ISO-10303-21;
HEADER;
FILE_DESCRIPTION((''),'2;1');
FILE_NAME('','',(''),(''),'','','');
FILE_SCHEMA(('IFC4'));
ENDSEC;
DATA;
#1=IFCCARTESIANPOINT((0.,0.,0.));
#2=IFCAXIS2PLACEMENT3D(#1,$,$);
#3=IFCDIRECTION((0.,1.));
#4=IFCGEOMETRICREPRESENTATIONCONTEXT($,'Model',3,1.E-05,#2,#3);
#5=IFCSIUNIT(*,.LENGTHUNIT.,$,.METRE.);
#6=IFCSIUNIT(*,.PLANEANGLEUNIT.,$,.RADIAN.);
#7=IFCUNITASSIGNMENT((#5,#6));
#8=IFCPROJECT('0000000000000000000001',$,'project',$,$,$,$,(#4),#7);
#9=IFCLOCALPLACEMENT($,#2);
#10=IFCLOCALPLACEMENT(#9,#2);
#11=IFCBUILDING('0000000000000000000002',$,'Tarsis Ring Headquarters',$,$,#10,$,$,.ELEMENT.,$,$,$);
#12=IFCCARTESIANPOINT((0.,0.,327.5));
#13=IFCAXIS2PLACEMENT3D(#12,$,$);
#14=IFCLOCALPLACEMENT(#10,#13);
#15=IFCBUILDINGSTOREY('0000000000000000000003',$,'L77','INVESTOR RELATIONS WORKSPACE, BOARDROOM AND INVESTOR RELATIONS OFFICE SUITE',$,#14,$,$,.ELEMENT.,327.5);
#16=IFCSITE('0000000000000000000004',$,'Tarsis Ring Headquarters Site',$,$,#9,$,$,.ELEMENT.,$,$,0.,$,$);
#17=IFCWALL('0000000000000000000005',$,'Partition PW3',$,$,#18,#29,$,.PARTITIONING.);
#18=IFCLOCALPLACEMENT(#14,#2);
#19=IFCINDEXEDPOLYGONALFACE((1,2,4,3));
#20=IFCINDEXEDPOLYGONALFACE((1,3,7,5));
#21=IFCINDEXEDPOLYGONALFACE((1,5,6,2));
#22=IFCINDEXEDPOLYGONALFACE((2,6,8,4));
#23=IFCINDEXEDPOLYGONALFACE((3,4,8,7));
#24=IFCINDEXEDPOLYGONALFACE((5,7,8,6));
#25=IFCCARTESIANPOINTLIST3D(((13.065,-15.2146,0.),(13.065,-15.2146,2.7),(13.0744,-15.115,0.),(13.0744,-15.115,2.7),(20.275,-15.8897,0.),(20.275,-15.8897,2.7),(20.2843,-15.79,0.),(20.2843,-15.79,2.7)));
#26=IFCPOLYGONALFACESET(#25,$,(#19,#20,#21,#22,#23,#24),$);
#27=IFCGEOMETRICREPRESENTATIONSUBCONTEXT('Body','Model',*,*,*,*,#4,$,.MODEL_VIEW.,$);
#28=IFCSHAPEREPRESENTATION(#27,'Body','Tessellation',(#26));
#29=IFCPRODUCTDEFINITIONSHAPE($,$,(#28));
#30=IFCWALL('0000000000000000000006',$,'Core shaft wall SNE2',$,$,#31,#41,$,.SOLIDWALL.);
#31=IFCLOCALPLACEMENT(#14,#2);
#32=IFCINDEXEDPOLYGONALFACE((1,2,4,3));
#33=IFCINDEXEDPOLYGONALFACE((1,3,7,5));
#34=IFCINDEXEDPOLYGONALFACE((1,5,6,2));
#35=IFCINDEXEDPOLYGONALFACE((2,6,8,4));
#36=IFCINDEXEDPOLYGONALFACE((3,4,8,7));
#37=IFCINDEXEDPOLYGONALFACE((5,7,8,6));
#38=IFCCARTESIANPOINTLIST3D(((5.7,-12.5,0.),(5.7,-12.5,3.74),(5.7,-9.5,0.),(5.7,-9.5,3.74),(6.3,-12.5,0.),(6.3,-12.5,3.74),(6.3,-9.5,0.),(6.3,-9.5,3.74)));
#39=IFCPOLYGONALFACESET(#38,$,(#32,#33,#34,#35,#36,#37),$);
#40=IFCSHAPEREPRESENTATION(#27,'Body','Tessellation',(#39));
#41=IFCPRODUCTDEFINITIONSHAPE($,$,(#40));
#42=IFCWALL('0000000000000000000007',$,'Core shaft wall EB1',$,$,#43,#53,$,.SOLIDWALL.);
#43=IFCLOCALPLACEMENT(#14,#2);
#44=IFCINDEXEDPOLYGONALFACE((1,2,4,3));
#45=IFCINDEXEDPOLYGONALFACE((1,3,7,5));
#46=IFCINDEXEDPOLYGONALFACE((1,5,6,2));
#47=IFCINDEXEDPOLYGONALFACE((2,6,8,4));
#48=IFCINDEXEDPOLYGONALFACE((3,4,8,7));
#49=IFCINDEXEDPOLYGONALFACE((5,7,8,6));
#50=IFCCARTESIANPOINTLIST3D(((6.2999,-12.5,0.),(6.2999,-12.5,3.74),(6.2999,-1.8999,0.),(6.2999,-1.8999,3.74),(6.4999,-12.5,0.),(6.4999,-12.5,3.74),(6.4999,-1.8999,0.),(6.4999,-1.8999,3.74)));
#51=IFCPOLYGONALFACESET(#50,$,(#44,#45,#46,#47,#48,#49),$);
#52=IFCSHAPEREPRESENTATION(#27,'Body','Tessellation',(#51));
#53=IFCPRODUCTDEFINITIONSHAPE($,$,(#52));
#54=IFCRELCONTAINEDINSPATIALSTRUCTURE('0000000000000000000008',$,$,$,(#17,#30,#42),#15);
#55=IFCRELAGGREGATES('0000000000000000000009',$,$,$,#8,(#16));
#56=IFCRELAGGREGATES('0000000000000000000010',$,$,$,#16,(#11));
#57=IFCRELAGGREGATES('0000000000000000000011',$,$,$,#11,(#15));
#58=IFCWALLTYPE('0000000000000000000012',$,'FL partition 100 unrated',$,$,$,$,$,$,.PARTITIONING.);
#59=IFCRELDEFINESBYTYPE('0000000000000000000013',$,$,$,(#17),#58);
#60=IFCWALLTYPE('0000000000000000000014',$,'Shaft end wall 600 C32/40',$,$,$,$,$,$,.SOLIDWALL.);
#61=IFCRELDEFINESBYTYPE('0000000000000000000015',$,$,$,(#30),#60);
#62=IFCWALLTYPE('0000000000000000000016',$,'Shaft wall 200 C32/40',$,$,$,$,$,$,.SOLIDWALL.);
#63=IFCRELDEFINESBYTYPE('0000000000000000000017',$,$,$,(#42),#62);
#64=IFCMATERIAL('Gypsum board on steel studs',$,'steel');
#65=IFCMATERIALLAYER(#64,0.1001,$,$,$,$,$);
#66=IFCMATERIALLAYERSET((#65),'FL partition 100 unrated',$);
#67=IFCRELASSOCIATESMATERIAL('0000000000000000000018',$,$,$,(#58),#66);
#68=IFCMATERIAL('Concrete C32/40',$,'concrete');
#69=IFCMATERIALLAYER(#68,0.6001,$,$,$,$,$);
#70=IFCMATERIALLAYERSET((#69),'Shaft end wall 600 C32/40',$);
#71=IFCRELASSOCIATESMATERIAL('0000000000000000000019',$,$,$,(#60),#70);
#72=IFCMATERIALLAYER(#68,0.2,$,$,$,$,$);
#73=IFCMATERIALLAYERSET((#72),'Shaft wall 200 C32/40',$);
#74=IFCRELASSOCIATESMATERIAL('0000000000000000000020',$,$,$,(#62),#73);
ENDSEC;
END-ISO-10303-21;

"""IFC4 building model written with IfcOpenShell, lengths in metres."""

from ifc_helpers import new_model, si_unit, direction, frame, frame_2d, origin, place, context, subcontext, project, spatial, rectangle, extrude, material, layer, layer_set, type_object, element, save


model = new_model("IFC4")

# Units and contexts
model_context = context("Model", 3, precision=1e-05, world=origin(), true_north=direction((0.0, 1.0)))
body_context = subcontext(model_context, "Body", "Model", "MODEL_VIEW")
ifc_project = project(units=[si_unit("LENGTHUNIT", "METRE"), si_unit("PLANEANGLEUNIT", "RADIAN")], contexts=[model_context])

# Site, building, storey
site_placement = place(None, origin())
site = spatial("IfcSite", under=ifc_project, at=site_placement, Name="Tarsis Ring Headquarters Site", CompositionType="ELEMENT", RefElevation=0.0)
building_placement = place(site_placement, origin())
building = spatial("IfcBuilding", under=site, at=building_placement, Name="Tarsis Ring Headquarters", CompositionType="ELEMENT")
storey_placement = place(building_placement, frame((0.0, 0.0, 327.5)))
storey = spatial("IfcBuildingStorey", under=building, at=storey_placement, Name="L77", Description="INVESTOR RELATIONS WORKSPACE, BOARDROOM AND INVESTOR RELATIONS OFFICE SUITE", CompositionType="ELEMENT", Elevation=327.5)

# Walls
ifc_material_1 = material(Name="Gypsum board on steel studs", Category="steel")
ifc_layer_1 = layer(ifc_material_1, 0.1001)
ifc_layer_set_1 = layer_set([ifc_layer_1], Name="FL partition 100 unrated")
wall_type_1 = type_object("IfcWallType", Name="FL partition 100 unrated", PredefinedType="PARTITIONING", material=ifc_layer_set_1)
wall_1_placement = place(storey_placement, frame((13.0698, -15.1648, 0.0), z_axis=(0.0, 0.0, 1.0), x_axis=(0.995646, -0.09322, 0.0)))
element("IfcWall", 1, at=wall_1_placement, inside=storey, type_object=wall_type_1, Name="Partition PW3", PredefinedType="PARTITIONING", context=body_context, shape_type="SweptSolid", body=[
    extrude(rectangle(XDim=7.2415, YDim=0.1001, at=frame_2d((3.6206, 0.0))), origin(), (0.0, 0.0, 1.0), 2.7),
])
ifc_material_2 = material(Name="Concrete C32/40", Category="concrete")
ifc_layer_2 = layer(ifc_material_2, 0.6001)
ifc_layer_set_2 = layer_set([ifc_layer_2], Name="Shaft end wall 600 C32/40")
wall_type_2 = type_object("IfcWallType", Name="Shaft end wall 600 C32/40", PredefinedType="SOLIDWALL", material=ifc_layer_set_2)
wall_2_placement = place(storey_placement, frame((6.0, -12.5, 0.0), z_axis=(0.0, 0.0, 1.0), x_axis=(0.0, 1.0, 0.0)))
element("IfcWall", 2, at=wall_2_placement, inside=storey, type_object=wall_type_2, Name="Core shaft wall SNE2", PredefinedType="SOLIDWALL", context=body_context, shape_type="SweptSolid", body=[
    extrude(rectangle(XDim=3.0, YDim=0.6001, at=frame_2d((1.5, 0.0))), origin(), (0.0, 0.0, 1.0), 3.74),
])
ifc_layer_3 = layer(ifc_material_2, 0.2)
ifc_layer_set_3 = layer_set([ifc_layer_3], Name="Shaft wall 200 C32/40")
wall_type_3 = type_object("IfcWallType", Name="Shaft wall 200 C32/40", PredefinedType="SOLIDWALL", material=ifc_layer_set_3)
wall_3_placement = place(storey_placement, frame((6.3999, -12.5, 0.0), z_axis=(0.0, 0.0, 1.0), x_axis=(0.0, 1.0, 0.0)))
element("IfcWall", 3, at=wall_3_placement, inside=storey, type_object=wall_type_3, Name="Core shaft wall EB1", PredefinedType="SOLIDWALL", context=body_context, shape_type="SweptSolid", body=[
    extrude(rectangle(XDim=10.6001, YDim=0.2, at=frame_2d((5.3, 0.0))), origin(), (0.0, 0.0, 1.0), 3.74),
])

save(model, "model.ifc")
